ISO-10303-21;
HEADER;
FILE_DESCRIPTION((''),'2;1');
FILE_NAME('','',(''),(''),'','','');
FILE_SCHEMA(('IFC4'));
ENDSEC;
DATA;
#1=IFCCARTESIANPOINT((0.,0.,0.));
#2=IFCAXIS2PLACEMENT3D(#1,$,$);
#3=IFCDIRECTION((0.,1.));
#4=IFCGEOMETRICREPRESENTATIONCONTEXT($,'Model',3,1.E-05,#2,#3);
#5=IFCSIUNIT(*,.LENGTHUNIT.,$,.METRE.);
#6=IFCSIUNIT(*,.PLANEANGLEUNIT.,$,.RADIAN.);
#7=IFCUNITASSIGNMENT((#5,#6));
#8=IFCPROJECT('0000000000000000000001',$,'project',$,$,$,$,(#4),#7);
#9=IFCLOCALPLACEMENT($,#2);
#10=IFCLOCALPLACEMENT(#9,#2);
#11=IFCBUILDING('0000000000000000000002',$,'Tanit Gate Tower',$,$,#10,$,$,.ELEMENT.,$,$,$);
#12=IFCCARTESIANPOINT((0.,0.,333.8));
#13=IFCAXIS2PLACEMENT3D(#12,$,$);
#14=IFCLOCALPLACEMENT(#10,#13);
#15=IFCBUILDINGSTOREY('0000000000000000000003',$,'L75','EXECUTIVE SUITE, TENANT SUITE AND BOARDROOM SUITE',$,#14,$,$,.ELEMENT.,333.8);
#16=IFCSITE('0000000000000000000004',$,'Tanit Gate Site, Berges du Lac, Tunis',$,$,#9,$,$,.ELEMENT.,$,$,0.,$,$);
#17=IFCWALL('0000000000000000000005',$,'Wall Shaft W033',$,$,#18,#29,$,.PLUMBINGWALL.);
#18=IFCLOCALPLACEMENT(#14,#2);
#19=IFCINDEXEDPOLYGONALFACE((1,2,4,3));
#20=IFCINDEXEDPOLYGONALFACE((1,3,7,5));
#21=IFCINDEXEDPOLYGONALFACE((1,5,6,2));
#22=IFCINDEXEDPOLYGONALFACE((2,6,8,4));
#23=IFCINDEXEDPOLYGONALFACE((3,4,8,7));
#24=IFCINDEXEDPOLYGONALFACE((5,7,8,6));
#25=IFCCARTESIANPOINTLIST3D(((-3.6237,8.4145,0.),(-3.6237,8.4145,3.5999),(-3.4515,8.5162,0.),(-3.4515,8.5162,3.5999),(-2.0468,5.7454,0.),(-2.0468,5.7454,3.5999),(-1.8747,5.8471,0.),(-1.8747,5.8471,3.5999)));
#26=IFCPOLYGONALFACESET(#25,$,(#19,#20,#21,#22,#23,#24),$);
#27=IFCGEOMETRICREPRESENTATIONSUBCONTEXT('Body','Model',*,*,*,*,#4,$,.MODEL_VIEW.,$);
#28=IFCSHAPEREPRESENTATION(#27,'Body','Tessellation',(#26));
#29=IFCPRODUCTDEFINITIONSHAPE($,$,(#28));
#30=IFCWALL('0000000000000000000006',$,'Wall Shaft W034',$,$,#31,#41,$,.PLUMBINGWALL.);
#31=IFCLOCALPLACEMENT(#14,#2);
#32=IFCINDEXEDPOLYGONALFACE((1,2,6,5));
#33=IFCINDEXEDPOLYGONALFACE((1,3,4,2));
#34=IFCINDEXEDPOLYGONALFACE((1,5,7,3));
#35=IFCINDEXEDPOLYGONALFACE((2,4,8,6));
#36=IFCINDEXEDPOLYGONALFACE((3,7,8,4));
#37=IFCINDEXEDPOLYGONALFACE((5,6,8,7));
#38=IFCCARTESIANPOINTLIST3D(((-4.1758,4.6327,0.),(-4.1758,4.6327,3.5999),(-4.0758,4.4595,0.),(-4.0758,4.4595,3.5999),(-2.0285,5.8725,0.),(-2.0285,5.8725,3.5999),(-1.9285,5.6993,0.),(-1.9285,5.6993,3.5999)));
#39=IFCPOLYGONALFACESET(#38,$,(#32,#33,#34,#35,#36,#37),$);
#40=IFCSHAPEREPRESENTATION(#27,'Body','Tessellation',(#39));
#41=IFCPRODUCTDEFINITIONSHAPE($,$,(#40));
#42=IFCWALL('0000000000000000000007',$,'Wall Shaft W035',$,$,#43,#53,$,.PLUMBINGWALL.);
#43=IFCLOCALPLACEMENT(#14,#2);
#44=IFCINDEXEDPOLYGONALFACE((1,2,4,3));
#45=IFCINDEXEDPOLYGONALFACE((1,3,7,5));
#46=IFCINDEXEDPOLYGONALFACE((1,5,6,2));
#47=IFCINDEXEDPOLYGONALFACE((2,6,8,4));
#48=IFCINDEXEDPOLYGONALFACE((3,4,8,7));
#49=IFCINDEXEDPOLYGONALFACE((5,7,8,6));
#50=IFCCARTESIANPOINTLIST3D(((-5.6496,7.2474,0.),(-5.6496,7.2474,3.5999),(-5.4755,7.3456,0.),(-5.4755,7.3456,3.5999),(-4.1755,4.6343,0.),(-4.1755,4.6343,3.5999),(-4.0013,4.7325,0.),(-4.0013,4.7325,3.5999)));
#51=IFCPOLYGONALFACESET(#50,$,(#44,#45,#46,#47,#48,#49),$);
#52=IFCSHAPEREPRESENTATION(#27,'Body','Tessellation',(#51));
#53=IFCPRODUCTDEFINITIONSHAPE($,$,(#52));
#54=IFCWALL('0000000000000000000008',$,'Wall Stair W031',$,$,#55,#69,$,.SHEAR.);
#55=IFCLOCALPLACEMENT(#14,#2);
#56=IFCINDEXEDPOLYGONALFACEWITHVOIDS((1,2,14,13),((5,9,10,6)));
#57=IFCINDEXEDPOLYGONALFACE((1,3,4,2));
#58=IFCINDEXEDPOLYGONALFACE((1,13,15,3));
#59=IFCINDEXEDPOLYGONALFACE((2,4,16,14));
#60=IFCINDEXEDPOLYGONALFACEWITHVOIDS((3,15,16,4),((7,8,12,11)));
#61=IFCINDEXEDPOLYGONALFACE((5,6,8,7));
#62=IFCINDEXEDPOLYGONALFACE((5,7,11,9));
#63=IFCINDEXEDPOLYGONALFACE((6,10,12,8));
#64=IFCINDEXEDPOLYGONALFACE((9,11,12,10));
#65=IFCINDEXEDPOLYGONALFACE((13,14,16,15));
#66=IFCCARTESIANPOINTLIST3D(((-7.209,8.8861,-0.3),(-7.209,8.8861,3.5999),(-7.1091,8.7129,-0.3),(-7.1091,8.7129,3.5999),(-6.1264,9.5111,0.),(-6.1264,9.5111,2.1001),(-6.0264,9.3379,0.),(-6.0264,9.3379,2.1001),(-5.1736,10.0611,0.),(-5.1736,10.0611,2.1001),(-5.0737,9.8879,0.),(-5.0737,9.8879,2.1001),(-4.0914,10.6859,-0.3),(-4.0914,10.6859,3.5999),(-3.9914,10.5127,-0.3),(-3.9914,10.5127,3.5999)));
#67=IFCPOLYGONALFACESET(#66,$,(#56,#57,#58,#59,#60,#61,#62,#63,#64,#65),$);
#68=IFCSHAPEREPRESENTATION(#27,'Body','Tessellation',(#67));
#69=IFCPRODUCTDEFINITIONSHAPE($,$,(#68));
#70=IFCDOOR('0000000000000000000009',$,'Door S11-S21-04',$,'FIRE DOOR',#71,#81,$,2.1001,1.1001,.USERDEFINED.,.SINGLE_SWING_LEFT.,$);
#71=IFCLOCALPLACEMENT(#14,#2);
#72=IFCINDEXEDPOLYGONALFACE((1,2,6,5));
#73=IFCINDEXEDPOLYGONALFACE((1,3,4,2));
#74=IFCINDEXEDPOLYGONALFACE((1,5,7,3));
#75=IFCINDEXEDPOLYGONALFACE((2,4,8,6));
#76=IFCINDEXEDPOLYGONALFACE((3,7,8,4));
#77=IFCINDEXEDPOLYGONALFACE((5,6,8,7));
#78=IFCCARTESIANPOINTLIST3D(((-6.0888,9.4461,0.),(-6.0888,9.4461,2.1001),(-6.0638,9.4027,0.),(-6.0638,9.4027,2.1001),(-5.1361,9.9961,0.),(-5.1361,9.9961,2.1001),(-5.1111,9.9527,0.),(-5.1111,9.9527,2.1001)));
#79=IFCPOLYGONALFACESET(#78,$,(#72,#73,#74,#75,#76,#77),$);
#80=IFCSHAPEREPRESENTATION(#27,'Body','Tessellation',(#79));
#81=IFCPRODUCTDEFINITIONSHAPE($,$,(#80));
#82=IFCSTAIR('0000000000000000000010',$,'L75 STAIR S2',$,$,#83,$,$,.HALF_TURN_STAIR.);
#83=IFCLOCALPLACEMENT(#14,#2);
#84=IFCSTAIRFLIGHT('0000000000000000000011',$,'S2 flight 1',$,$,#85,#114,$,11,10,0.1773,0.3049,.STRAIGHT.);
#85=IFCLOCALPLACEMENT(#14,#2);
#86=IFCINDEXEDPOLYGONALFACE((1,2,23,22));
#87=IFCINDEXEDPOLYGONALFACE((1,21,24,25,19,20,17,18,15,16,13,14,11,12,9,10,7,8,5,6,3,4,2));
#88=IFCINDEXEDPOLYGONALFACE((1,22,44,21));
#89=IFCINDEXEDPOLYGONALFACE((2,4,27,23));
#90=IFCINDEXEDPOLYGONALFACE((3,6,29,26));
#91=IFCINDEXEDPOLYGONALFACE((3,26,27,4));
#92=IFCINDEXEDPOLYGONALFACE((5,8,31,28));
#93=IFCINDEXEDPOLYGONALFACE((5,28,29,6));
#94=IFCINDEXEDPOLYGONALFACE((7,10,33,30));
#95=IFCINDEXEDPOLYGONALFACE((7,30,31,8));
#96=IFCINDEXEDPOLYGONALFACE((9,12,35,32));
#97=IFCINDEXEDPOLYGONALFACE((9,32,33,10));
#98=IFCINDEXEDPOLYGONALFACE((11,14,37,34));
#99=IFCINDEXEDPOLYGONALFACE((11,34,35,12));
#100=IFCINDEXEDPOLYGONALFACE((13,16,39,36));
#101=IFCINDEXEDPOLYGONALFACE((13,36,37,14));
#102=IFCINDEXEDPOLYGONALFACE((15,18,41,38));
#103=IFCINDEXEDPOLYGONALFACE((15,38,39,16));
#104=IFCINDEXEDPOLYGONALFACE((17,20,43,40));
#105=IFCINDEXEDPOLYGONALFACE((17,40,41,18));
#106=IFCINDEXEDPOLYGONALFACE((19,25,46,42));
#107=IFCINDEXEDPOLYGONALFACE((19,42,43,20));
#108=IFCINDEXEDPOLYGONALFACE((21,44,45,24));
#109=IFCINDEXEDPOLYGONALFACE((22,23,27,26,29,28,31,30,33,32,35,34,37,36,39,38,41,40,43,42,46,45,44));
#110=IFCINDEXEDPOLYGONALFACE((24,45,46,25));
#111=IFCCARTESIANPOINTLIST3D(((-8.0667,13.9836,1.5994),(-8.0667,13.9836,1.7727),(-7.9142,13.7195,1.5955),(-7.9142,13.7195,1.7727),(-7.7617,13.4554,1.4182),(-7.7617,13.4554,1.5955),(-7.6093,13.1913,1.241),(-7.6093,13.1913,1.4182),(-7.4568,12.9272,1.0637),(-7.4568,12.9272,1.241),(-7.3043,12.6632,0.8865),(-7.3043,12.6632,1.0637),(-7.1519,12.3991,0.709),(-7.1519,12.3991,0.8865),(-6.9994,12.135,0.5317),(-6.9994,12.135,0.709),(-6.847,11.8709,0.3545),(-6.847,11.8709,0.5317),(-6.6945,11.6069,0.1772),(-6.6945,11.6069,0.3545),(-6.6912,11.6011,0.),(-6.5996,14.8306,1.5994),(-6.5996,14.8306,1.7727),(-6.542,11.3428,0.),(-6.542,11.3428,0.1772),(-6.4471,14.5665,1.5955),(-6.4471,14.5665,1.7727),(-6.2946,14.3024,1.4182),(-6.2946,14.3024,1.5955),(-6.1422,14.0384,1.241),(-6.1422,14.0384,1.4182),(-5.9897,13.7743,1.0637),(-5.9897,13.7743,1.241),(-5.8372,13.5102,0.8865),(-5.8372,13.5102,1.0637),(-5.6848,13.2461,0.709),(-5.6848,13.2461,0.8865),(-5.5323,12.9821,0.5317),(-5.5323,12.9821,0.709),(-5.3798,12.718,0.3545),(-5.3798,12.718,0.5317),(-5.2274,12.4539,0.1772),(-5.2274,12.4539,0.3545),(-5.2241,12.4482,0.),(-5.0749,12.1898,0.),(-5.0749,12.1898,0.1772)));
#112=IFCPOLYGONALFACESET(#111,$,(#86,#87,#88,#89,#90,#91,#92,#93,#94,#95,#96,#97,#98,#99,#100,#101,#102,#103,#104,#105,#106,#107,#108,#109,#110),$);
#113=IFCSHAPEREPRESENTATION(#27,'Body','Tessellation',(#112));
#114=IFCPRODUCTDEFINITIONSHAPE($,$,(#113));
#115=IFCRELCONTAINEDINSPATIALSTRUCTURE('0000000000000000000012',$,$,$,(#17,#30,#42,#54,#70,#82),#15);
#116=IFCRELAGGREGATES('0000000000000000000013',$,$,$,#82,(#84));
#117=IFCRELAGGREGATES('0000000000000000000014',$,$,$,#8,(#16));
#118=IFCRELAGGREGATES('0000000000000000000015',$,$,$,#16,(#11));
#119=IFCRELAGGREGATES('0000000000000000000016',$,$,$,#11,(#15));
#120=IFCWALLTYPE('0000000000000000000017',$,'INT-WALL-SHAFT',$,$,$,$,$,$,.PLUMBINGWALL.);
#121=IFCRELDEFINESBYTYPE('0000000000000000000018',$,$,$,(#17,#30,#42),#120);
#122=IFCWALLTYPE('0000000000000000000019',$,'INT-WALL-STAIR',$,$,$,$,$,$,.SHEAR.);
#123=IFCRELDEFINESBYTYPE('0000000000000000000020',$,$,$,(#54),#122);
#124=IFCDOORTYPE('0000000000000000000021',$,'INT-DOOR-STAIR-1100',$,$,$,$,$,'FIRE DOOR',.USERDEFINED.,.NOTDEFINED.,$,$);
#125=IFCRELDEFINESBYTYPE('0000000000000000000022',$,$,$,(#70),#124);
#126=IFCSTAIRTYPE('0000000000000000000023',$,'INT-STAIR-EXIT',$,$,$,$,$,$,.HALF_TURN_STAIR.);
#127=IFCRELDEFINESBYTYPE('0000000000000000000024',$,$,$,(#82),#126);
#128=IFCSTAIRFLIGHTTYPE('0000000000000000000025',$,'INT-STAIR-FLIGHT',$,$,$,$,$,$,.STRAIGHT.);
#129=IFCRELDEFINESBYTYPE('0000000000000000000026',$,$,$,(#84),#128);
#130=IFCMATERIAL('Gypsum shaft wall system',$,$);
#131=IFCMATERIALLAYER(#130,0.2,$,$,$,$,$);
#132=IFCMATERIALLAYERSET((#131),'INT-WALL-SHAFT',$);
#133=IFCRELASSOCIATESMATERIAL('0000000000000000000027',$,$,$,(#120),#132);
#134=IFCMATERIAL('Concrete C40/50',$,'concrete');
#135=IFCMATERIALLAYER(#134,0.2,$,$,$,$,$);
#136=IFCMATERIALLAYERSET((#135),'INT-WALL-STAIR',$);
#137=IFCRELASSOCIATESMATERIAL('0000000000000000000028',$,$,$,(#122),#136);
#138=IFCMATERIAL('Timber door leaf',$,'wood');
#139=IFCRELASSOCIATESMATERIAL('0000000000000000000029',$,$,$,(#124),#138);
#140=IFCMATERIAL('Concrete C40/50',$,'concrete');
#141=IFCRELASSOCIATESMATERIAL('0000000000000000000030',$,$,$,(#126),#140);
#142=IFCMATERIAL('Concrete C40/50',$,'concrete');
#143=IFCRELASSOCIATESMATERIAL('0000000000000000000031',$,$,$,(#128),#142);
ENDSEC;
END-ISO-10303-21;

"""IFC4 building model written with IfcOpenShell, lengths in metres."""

from ifc_helpers import new_model, si_unit, direction, frame, frame_2d, origin, place, context, subcontext, project, spatial, polyline, rectangle, outline, extrude, material, layer, layer_set, type_object, element, fill, aggregate, save


model = new_model("IFC4")

# Units and contexts
model_context = context("Model", 3, precision=1e-05, world=origin(), true_north=direction((0.0, 1.0)))
body_context = subcontext(model_context, "Body", "Model", "MODEL_VIEW")
ifc_project = project(units=[si_unit("LENGTHUNIT", "METRE"), si_unit("PLANEANGLEUNIT", "RADIAN")], contexts=[model_context])

# Site, building, storey
site_placement = place(None, origin())
site = spatial("IfcSite", under=ifc_project, at=site_placement, Name="Tanit Gate Site, Berges du Lac, Tunis", CompositionType="ELEMENT", RefElevation=0.0)
building_placement = place(site_placement, origin())
building = spatial("IfcBuilding", under=site, at=building_placement, Name="Tanit Gate Tower", CompositionType="ELEMENT")
storey_placement = place(building_placement, frame((0.0, 0.0, 333.8)))
storey = spatial("IfcBuildingStorey", under=building, at=storey_placement, Name="L75", Description="EXECUTIVE SUITE, TENANT SUITE AND BOARDROOM SUITE", CompositionType="ELEMENT", Elevation=333.8)

# Shared definitions
ifc_material_1 = material(Name="Gypsum shaft wall system")
ifc_layer_1 = layer(ifc_material_1, 0.2)
ifc_layer_set_1 = layer_set([ifc_layer_1], Name="INT-WALL-SHAFT")
wall_type_1 = type_object("IfcWallType", Name="INT-WALL-SHAFT", PredefinedType="PLUMBINGWALL", material=ifc_layer_set_1)

# Walls
wall_1_placement = place(storey_placement, frame((-3.5376, 8.4653, 0.0), z_axis=(0.0, 0.0, 1.0), x_axis=(0.508647, -0.860975, 0.0)))
element("IfcWall", 1, at=wall_1_placement, inside=storey, type_object=wall_type_1, Name="Wall Shaft W033", PredefinedType="PLUMBINGWALL", context=body_context, shape_type="SweptSolid", body=[
    extrude(rectangle(XDim=3.1001, YDim=0.2, at=frame_2d((1.55, 0.0))), origin(), (0.0, 0.0, 1.0), 3.5999),
])
wall_2_placement = place(storey_placement, frame((-1.9785, 5.7859, 0.0), z_axis=(0.0, 0.0, 1.0), x_axis=(-0.866017, -0.500015, 0.0)))
element("IfcWall", 2, at=wall_2_placement, inside=storey, type_object=wall_type_1, Name="Wall Shaft W034", PredefinedType="PLUMBINGWALL", context=body_context, shape_type="SweptSolid", body=[
    extrude(rectangle(XDim=2.4795, YDim=0.2, at=frame_2d((1.2397, 0.0))), origin(), (0.0, 0.0, 1.0), 3.5999),
])
wall_3_placement = place(storey_placement, frame((-5.5625, 7.2964, 0.0), z_axis=(0.0, 0.0, 1.0), x_axis=(0.491347, -0.870964, 0.0)))
element("IfcWall", 3, at=wall_3_placement, inside=storey, type_object=wall_type_1, Name="Wall Shaft W035", PredefinedType="PLUMBINGWALL", context=body_context, shape_type="SweptSolid", body=[
    extrude(rectangle(XDim=3.0002, YDim=0.2, at=frame_2d((1.5, 0.0))), origin(), (0.0, 0.0, 1.0), 3.5999),
])

# Wall, opening, door
ifc_material_2 = material(Name="Concrete C40/50", Category="concrete")
ifc_layer_2 = layer(ifc_material_2, 0.2)
ifc_layer_set_2 = layer_set([ifc_layer_2], Name="INT-WALL-STAIR")
wall_type_2 = type_object("IfcWallType", Name="INT-WALL-STAIR", PredefinedType="SHEAR", material=ifc_layer_set_2)
wall_4_placement = place(storey_placement, frame((-7.1589, 8.7996, -0.3), z_axis=(0.0, 0.0, 1.0), x_axis=(0.866048, 0.499961, 0.0)))
wall_4 = element("IfcWall", 4, at=wall_4_placement, inside=storey, type_object=wall_type_2, Name="Wall Stair W031", PredefinedType="SHEAR", context=body_context, shape_type="SweptSolid", body=[
    extrude(rectangle(XDim=3.5999, YDim=0.2, at=frame_2d((1.7998, 0.0))), origin(), (0.0, 0.0, 1.0), 3.8999),
])
opening_1_placement = place(wall_4_placement, frame((1.25, 0.0, 0.3)))
opening_1 = element("IfcOpeningElement", 5, at=opening_1_placement, cuts=wall_4, PredefinedType="OPENING", context=body_context, shape_type="SweptSolid", body=[
    extrude(rectangle(XDim=1.1001, YDim=2.1001, at=frame_2d((0.55, 1.05))), frame((0.0, 0.1099, 0.0), z_axis=(0.0, -1.0, 0.0), x_axis=(1.0, 0.0, 0.0)), (0.0, 0.0, 1.0), 0.22),
])
ifc_material_3 = material(Name="Timber door leaf", Category="wood")
door_type_1 = type_object("IfcDoorType", Name="INT-DOOR-STAIR-1100", ElementType="FIRE DOOR", OperationType="NOTDEFINED", PredefinedType="USERDEFINED", material=ifc_material_3)
door_1_placement = place(opening_1_placement, origin())
door_1 = element("IfcDoor", 6, at=door_1_placement, inside=storey, type_object=door_type_1, Name="Door S11-S21-04", ObjectType="FIRE DOOR", OperationType="SINGLE_SWING_LEFT", OverallHeight=2.1001, OverallWidth=1.1001, PredefinedType="USERDEFINED", context=body_context, shape_type="SweptSolid", body=[
    extrude(rectangle(XDim=1.1001, YDim=2.1001, at=frame_2d((0.55, 1.05))), frame((0.0, 0.0249, 0.0), z_axis=(0.0, -1.0, 0.0), x_axis=(1.0, 0.0, 0.0)), (0.0, 0.0, 1.0), 0.05),
])
fill(opening_1, door_1)

# Stair, stair flight
ifc_material_4 = material(Name="Concrete C40/50", Category="concrete")
stair_type = type_object("IfcStairType", Name="INT-STAIR-EXIT", PredefinedType="HALF_TURN_STAIR", material=ifc_material_4)
stair_placement = place(storey_placement, origin())
stair = element("IfcStair", 7, at=stair_placement, inside=storey, type_object=stair_type, Name="L75 STAIR S2", PredefinedType="HALF_TURN_STAIR")
ifc_material_5 = material(Name="Concrete C40/50", Category="concrete")
stair_flight_type = type_object("IfcStairFlightType", Name="INT-STAIR-FLIGHT", PredefinedType="STRAIGHT", material=ifc_material_5)
stair_flight_placement = place(storey_placement, frame((-5.8083, 11.7664, 0.0), z_axis=(0.0, 0.0, 1.0), x_axis=(-0.5, 0.866025, 0.0)))
stair_flight = element("IfcStairFlight", 8, at=stair_flight_placement, type_object=stair_flight_type, Name="S2 flight 1", NumberOfRisers=11, NumberOfTreads=10, PredefinedType="STRAIGHT", RiserHeight=0.1773, TreadLength=0.3049, context=body_context, shape_type="SweptSolid", body=[
    extrude(outline(polyline([(0.0, 0.0), (0.0, 0.1772), (0.3049, 0.1772), (0.3049, 0.3545), (0.6099, 0.3545), (0.6099, 0.5317), (0.9148, 0.5317), (0.9148, 0.709), (1.2197, 0.709), (1.2197, 0.8865), (1.5247, 0.8865), (1.5247, 1.0637), (1.8296, 1.0637), (1.8296, 1.241), (2.1345, 1.241), (2.1345, 1.4182), (2.4395, 1.4182), (2.4395, 1.5955), (2.7444, 1.5955), (2.7444, 1.7727), (3.0493, 1.7727), (3.0493, 1.95), (3.0493, 1.5994), (0.2983, 0.0), (0.0, 0.0)])), frame((0.0, 0.8472, 0.0), z_axis=(0.0, -1.0, 0.0), x_axis=(1.0, 0.0, 0.0)), (0.0, 0.0, 1.0), 1.6941),
])
aggregate(stair, [stair_flight])

save(model, "model.ifc")
